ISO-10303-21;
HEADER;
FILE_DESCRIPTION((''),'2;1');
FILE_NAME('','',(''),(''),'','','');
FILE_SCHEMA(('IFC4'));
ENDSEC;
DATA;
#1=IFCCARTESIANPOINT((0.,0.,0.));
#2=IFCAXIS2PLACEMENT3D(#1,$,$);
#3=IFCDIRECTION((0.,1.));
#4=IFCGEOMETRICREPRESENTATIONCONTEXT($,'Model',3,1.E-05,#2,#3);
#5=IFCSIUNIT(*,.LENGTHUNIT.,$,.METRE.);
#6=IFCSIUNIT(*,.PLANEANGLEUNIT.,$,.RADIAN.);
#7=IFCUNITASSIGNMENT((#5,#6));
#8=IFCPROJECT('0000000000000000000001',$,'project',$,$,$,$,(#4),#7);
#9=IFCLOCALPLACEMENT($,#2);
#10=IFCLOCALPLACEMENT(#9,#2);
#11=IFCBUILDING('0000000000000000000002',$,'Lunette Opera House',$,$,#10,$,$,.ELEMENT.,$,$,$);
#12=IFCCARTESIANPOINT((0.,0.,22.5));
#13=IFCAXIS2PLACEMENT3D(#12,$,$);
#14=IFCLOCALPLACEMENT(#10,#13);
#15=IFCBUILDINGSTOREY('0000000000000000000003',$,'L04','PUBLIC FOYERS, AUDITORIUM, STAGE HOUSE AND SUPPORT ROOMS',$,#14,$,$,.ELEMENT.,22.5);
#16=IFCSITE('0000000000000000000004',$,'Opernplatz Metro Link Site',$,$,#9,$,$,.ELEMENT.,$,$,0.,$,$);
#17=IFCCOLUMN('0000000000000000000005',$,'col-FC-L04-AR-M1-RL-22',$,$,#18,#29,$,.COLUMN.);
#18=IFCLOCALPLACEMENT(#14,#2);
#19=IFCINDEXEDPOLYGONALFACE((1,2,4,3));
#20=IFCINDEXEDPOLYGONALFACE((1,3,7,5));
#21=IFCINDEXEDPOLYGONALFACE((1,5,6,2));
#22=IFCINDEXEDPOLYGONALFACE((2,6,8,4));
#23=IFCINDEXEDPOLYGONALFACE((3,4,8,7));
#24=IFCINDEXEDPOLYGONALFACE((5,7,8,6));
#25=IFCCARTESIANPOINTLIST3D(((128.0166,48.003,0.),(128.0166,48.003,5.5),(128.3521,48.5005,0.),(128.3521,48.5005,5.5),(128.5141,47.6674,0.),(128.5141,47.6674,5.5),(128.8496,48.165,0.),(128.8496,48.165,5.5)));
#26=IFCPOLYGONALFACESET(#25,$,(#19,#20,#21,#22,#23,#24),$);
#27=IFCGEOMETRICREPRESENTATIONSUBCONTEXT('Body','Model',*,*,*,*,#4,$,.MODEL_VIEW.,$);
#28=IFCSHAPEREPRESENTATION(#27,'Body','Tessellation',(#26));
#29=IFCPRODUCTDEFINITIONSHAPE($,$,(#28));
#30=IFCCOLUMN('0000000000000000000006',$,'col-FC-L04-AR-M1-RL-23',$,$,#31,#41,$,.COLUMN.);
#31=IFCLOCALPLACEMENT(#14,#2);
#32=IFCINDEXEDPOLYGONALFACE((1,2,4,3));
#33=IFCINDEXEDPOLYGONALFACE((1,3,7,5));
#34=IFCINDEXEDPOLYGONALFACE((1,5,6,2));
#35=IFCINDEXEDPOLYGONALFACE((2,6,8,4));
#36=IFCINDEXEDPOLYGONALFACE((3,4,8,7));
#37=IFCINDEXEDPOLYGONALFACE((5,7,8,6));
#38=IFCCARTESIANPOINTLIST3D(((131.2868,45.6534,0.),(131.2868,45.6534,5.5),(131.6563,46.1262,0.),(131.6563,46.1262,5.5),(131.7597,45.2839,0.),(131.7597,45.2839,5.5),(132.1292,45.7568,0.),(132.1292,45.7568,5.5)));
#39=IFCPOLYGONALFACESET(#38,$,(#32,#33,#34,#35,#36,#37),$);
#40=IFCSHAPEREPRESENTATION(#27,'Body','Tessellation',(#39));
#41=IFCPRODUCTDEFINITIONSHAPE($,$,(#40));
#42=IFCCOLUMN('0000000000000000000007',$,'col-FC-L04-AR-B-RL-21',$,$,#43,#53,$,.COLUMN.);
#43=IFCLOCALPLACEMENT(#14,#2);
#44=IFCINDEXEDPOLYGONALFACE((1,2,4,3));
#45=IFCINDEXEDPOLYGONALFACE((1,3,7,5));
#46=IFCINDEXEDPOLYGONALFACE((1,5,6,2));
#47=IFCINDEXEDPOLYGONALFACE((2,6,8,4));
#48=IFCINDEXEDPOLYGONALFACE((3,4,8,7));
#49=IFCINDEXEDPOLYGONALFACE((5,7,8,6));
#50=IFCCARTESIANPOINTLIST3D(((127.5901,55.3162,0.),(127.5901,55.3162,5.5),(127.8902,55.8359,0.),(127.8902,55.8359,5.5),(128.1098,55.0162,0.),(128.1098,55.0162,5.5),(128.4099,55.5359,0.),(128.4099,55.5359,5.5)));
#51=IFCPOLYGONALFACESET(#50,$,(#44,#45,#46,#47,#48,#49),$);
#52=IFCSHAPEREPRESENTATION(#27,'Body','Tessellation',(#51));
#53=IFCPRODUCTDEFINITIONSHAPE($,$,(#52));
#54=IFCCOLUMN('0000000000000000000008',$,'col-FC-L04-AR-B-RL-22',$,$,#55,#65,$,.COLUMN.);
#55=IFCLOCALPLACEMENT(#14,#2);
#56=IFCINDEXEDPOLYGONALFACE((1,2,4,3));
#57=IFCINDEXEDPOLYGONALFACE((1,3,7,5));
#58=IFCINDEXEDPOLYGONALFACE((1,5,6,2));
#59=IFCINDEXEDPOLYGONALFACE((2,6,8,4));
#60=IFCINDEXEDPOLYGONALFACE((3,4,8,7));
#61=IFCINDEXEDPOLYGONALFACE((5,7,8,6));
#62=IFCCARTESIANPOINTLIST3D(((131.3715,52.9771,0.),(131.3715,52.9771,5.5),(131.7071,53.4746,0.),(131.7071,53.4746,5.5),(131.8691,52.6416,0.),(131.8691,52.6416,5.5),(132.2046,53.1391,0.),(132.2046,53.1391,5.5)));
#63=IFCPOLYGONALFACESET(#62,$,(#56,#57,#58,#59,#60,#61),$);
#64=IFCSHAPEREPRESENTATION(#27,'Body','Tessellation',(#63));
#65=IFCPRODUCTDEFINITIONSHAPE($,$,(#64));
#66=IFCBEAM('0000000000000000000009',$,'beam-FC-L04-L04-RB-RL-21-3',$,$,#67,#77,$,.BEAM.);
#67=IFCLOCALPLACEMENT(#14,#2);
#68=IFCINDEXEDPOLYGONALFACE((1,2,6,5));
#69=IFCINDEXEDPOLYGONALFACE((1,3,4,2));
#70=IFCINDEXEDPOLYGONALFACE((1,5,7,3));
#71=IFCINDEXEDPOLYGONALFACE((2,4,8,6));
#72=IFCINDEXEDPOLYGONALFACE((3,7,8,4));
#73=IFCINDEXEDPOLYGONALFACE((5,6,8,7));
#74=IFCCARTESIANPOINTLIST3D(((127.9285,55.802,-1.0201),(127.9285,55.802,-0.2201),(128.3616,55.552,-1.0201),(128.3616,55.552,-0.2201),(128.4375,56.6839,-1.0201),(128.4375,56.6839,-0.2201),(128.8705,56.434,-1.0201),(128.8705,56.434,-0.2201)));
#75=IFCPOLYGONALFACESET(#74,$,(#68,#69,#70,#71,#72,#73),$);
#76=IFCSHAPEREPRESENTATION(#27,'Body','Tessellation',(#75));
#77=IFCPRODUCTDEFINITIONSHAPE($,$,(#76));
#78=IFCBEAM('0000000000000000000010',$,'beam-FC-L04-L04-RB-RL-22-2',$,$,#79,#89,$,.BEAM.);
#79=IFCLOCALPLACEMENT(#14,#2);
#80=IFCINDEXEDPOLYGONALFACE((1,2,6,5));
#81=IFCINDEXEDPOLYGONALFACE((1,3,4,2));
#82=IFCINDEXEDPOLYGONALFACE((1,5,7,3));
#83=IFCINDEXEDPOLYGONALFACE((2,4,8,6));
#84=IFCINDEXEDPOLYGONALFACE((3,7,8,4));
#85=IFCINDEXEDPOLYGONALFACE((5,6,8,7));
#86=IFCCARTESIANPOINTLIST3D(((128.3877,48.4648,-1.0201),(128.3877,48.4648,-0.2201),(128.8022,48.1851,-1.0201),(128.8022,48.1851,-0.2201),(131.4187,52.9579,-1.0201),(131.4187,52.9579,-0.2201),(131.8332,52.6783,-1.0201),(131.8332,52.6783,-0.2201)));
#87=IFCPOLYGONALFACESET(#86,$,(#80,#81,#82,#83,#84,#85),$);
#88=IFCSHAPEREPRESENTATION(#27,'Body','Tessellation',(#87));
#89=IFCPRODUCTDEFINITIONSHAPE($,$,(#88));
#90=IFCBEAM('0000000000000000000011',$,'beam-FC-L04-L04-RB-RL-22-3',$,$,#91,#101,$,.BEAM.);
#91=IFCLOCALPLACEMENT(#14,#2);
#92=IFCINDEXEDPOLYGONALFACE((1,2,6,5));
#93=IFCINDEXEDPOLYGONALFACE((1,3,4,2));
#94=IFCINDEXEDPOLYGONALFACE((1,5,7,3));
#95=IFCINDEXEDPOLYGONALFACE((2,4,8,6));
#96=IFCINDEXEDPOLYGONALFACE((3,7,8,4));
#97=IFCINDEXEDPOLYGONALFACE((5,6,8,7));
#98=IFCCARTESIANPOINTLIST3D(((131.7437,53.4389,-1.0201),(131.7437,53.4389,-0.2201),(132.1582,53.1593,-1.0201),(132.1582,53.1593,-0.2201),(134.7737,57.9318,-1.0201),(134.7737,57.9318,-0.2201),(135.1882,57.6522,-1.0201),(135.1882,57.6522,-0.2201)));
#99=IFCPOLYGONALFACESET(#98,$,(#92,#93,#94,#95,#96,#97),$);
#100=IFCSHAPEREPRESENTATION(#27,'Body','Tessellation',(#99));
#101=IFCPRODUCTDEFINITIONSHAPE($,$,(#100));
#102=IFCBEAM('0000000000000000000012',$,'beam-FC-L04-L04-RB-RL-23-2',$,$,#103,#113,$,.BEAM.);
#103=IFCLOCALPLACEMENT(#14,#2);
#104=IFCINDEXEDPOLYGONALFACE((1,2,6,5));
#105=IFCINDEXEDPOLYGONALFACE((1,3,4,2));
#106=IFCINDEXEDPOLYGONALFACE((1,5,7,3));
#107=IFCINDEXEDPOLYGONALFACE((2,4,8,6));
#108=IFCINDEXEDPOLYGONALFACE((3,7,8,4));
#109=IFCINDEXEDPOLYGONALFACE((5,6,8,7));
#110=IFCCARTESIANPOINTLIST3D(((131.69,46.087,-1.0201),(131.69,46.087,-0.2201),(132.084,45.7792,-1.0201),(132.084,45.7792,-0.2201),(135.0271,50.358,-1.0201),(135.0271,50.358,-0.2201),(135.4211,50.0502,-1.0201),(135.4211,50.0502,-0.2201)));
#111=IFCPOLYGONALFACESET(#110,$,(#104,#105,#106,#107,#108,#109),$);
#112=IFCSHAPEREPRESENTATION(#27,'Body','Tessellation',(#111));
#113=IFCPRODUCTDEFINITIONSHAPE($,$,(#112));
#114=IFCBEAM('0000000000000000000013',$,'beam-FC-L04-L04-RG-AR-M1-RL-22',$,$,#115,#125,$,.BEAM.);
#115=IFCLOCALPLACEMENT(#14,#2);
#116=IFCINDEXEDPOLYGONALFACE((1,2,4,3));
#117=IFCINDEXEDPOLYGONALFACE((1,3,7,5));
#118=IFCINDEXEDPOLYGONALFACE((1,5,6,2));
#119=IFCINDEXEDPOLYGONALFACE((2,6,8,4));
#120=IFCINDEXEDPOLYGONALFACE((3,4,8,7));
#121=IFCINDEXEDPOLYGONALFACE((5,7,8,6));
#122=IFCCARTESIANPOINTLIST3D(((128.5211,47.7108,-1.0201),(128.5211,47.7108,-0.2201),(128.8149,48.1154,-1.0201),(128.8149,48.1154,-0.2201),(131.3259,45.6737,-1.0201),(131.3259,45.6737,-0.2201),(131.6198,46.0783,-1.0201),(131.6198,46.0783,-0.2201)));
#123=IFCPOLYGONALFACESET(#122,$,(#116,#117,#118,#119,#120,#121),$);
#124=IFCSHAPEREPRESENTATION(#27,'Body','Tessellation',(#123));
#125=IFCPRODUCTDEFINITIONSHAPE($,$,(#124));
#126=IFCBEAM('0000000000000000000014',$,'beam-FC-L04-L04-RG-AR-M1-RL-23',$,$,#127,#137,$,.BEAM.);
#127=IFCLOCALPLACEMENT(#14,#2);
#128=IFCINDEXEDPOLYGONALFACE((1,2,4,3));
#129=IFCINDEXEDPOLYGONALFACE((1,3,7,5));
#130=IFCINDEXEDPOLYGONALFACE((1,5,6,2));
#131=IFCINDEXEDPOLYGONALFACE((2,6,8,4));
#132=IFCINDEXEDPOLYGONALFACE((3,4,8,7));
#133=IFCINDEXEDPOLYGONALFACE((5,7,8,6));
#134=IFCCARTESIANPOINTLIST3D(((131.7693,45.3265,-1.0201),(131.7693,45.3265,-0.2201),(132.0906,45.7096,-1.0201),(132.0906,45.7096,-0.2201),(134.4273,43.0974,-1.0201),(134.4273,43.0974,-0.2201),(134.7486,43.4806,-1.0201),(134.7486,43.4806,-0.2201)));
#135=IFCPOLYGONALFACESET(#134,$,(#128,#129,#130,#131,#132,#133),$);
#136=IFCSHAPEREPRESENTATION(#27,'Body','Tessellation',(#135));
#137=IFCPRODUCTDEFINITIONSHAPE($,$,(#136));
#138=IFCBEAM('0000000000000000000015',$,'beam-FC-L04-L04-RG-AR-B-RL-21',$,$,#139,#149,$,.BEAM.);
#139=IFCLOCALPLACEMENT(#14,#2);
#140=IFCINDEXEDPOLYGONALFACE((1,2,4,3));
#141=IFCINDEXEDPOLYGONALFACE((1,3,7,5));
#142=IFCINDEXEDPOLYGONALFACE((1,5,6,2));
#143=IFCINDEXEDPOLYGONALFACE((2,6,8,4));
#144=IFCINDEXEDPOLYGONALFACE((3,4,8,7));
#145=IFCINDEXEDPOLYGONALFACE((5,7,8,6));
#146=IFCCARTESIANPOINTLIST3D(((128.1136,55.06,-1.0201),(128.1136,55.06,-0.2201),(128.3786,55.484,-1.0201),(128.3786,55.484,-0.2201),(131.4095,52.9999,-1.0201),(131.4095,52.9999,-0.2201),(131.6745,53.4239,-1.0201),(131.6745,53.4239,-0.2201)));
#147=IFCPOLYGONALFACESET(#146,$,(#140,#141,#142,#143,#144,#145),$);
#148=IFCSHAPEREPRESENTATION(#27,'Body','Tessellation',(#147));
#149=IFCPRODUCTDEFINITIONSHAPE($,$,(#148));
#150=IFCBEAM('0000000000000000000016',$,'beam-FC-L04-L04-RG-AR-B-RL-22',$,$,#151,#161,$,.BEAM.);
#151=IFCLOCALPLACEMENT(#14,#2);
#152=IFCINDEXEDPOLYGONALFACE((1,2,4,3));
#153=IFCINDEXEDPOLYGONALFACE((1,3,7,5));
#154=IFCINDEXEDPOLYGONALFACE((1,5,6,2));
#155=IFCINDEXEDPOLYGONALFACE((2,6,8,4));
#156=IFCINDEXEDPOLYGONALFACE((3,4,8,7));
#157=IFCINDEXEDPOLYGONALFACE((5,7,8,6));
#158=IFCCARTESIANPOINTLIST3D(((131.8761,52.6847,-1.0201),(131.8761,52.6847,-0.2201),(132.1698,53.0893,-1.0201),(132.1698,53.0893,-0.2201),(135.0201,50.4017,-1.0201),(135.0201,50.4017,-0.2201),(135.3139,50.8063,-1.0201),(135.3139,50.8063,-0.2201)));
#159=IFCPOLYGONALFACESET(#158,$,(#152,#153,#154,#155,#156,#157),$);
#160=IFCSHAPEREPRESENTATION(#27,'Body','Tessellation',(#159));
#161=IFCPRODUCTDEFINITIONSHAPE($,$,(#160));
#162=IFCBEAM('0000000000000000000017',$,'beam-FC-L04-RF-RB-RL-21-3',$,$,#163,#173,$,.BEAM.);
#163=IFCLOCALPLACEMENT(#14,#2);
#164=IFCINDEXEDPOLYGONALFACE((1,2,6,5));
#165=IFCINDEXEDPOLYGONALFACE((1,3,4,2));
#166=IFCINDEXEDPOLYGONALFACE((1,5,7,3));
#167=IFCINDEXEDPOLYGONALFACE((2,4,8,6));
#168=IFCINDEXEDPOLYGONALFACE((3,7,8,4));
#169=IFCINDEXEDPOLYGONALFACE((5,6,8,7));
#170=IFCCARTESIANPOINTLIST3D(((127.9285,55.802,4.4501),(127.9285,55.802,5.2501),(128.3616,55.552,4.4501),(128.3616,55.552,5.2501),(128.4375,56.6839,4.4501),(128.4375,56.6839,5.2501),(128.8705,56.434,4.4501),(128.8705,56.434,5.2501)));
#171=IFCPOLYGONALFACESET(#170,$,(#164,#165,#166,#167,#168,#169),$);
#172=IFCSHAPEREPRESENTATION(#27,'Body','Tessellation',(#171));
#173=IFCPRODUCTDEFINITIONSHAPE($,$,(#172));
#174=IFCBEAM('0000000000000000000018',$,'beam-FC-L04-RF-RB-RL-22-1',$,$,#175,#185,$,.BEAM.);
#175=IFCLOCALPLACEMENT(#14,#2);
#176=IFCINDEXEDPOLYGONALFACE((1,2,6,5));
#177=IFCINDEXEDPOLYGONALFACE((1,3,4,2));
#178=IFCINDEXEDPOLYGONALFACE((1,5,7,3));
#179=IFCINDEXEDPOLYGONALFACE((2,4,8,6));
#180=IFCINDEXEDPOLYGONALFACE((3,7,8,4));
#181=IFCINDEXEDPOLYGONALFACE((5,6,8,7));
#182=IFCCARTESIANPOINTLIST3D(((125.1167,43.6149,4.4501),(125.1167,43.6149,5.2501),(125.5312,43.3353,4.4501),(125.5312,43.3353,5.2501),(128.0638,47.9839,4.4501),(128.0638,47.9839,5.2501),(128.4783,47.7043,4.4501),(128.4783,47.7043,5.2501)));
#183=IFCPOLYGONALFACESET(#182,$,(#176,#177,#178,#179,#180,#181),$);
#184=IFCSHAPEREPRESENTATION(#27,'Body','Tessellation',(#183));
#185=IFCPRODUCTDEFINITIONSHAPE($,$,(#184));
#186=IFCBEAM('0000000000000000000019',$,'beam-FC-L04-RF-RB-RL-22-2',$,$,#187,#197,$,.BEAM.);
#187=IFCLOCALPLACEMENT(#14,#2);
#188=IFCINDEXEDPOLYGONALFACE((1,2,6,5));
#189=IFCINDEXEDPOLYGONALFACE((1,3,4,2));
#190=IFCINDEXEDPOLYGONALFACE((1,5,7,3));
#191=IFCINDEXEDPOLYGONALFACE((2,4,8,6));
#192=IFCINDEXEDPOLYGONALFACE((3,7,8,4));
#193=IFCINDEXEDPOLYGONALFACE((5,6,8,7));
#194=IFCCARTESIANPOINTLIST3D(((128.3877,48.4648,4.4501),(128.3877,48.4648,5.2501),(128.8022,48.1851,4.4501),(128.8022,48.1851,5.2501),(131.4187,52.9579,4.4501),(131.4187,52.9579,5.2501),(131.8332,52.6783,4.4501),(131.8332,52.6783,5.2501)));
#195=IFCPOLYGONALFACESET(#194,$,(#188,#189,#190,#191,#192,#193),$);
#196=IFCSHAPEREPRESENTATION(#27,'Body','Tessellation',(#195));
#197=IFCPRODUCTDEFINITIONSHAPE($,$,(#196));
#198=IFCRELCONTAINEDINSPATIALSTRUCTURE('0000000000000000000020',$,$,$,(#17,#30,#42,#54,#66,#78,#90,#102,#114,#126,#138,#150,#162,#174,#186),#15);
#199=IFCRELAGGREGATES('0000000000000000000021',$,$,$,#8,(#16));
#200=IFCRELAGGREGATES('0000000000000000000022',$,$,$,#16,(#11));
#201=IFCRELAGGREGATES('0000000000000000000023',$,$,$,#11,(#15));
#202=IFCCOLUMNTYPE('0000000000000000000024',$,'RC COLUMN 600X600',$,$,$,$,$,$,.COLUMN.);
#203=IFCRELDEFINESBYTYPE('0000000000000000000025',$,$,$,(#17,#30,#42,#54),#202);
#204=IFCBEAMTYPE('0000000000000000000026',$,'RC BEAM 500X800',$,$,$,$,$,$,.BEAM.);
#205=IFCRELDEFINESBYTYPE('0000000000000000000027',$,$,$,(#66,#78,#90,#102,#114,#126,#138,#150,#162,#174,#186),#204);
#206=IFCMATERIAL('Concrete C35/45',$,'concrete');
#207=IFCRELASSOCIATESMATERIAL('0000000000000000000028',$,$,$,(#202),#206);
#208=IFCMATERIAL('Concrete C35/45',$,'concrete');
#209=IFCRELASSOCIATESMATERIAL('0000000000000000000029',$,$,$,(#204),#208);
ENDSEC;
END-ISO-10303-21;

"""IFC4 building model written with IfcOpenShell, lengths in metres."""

from ifc_helpers import new_model, si_unit, direction, frame, origin, origin_2d, place, context, subcontext, project, spatial, rectangle, extrude, material, material_profile, profile_set, type_object, element, save


model = new_model("IFC4")

# Units and contexts
model_context = context("Model", 3, precision=1e-05, world=origin(), true_north=direction((0.0, 1.0)))
body_context = subcontext(model_context, "Body", "Model", "MODEL_VIEW")
ifc_project = project(units=[si_unit("LENGTHUNIT", "METRE"), si_unit("PLANEANGLEUNIT", "RADIAN")], contexts=[model_context])

# Site, building, storey
site_placement = place(None, origin())
site = spatial("IfcSite", under=ifc_project, at=site_placement, Name="Opernplatz Metro Link Site", CompositionType="ELEMENT", RefElevation=0.0)
building_placement = place(site_placement, origin())
building = spatial("IfcBuilding", under=site, at=building_placement, Name="Lunette Opera House", CompositionType="ELEMENT")
storey_placement = place(building_placement, frame((0.0, 0.0, 22.5)))
storey = spatial("IfcBuildingStorey", under=building, at=storey_placement, Name="L04", Description="PUBLIC FOYERS, AUDITORIUM, STAGE HOUSE AND SUPPORT ROOMS", CompositionType="ELEMENT", Elevation=22.5)

# Columns
ifc_material_1 = material(Name="Concrete C35/45", Category="concrete")
ifc_material_profile_1 = material_profile(ifc_material_1, rectangle(XDim=0.6001, YDim=0.6001, at=origin_2d()), Name="RC COLUMN 600X600")
ifc_profile_set_1 = profile_set([ifc_material_profile_1], Name="Concrete C35/45")
column_type = type_object("IfcColumnType", Name="RC COLUMN 600X600", PredefinedType="COLUMN", material=ifc_profile_set_1)
for number, where, z_axis, x_axis, name in (
    (1, (128.4331, 48.084, 0.0), (0.0, 0.0, 1.0), (0.829038, -0.559193, 0.0), "col-FC-L04-AR-M1-RL-22"),
    (2, (131.708, 45.7051, 0.0), (0.0, 0.0, 1.0), (0.788011, -0.615661, 0.0), "col-FC-L04-AR-M1-RL-23"),
    (3, (128.0, 55.426, 0.0), (0.0, 0.0, 1.0), (0.866025, -0.5, 0.0), "col-FC-L04-AR-B-RL-21"),
    (4, (131.7881, 53.0581, 0.0), (0.0, 0.0, 1.0), (0.829038, -0.559193, 0.0), "col-FC-L04-AR-B-RL-22"),
):
    element("IfcColumn", number, at=place(storey_placement, frame(where, z_axis=z_axis, x_axis=x_axis)), inside=storey, type_object=column_type, Name=name, PredefinedType="COLUMN", context=body_context, shape_type="SweptSolid", body=[
        extrude(rectangle(XDim=0.6001, YDim=0.6001, at=origin_2d()), origin(), (0.0, 0.0, 1.0), 5.5),
    ])

# Beams
ifc_material_2 = material(Name="Concrete C35/45", Category="concrete")
ifc_material_profile_2 = material_profile(ifc_material_2, rectangle(XDim=0.5, YDim=0.8, at=origin_2d()), Name="RC BEAM 500X800")
ifc_profile_set_2 = profile_set([ifc_material_profile_2], Name="Concrete C35/45")
beam_type = type_object("IfcBeamType", Name="RC BEAM 500X800", PredefinedType="BEAM", material=ifc_profile_set_2)
beam_1_placement = place(storey_placement, frame((128.145, 55.677, -0.6201), z_axis=(0.499826, 0.866126, 0.0), x_axis=(-0.866126, 0.499826, 0.0)))
element("IfcBeam", 5, at=beam_1_placement, inside=storey, type_object=beam_type, Name="beam-FC-L04-L04-RB-RL-21-3", PredefinedType="BEAM", context=body_context, shape_type="SweptSolid", body=[
    extrude(rectangle(XDim=0.5, YDim=0.8, at=origin_2d()), origin(), (0.0, 0.0, 1.0), 1.0183),
])
beam_2_placement = place(storey_placement, frame((128.595, 48.325, -0.6201), z_axis=(0.559235, 0.829009, 0.0), x_axis=(-0.829009, 0.559235, 0.0)))
element("IfcBeam", 6, at=beam_2_placement, inside=storey, type_object=beam_type, Name="beam-FC-L04-L04-RB-RL-22-2", PredefinedType="BEAM", context=body_context, shape_type="SweptSolid", body=[
    extrude(rectangle(XDim=0.5, YDim=0.8, at=origin_2d()), origin(), (0.0, 0.0, 1.0), 5.4199),
])
beam_3_placement = place(storey_placement, frame((131.9509, 53.2991, -0.6201), z_axis=(0.559132, 0.829079, 0.0), x_axis=(-0.829079, 0.559132, 0.0)))
element("IfcBeam", 7, at=beam_3_placement, inside=storey, type_object=beam_type, Name="beam-FC-L04-L04-RB-RL-22-3", PredefinedType="BEAM", context=body_context, shape_type="SweptSolid", body=[
    extrude(rectangle(XDim=0.5, YDim=0.8, at=origin_2d()), origin(), (0.0, 0.0, 1.0), 5.4192),
])
beam_4_placement = place(storey_placement, frame((131.887, 45.9331, -0.6201), z_axis=(0.615695, 0.787985, 0.0), x_axis=(-0.787985, 0.615695, 0.0)))
element("IfcBeam", 8, at=beam_4_placement, inside=storey, type_object=beam_type, Name="beam-FC-L04-L04-RB-RL-23-2", PredefinedType="BEAM", context=body_context, shape_type="SweptSolid", body=[
    extrude(rectangle(XDim=0.5, YDim=0.8, at=origin_2d()), origin(), (0.0, 0.0, 1.0), 5.4202),
])
beam_5_placement = place(storey_placement, frame((128.668, 47.9131, -0.6201), z_axis=(0.809126, -0.587636, 0.0), x_axis=(0.587636, 0.809126, 0.0)))
element("IfcBeam", 9, at=beam_5_placement, inside=storey, type_object=beam_type, Name="beam-FC-L04-L04-RG-AR-M1-RL-22", PredefinedType="BEAM", context=body_context, shape_type="SweptSolid", body=[
    extrude(rectangle(XDim=0.5, YDim=0.8, at=origin_2d()), origin(), (0.0, 0.0, 1.0), 3.4666),
])
beam_6_placement = place(storey_placement, frame((131.9299, 45.5181, -0.6201), z_axis=(0.766227, -0.64257, 0.0), x_axis=(0.64257, 0.766227, 0.0)))
element("IfcBeam", 10, at=beam_6_placement, inside=storey, type_object=beam_type, Name="beam-FC-L04-L04-RG-AR-M1-RL-23", PredefinedType="BEAM", context=body_context, shape_type="SweptSolid", body=[
    extrude(rectangle(XDim=0.5, YDim=0.8, at=origin_2d()), origin(), (0.0, 0.0, 1.0), 3.469),
])
beam_7_placement = place(storey_placement, frame((128.2461, 55.272, -0.6201), z_axis=(0.847984, -0.530022, 0.0), x_axis=(0.530022, 0.847984, 0.0)))
element("IfcBeam", 11, at=beam_7_placement, inside=storey, type_object=beam_type, Name="beam-FC-L04-L04-RG-AR-B-RL-21", PredefinedType="BEAM", context=body_context, shape_type="SweptSolid", body=[
    extrude(rectangle(XDim=0.5, YDim=0.8, at=origin_2d()), origin(), (0.0, 0.0, 1.0), 3.8867),
])
beam_8_placement = place(storey_placement, frame((132.0229, 52.887, -0.6201), z_axis=(0.809179, -0.587563, 0.0), x_axis=(0.587563, 0.809179, 0.0)))
element("IfcBeam", 12, at=beam_8_placement, inside=storey, type_object=beam_type, Name="beam-FC-L04-L04-RG-AR-B-RL-22", PredefinedType="BEAM", context=body_context, shape_type="SweptSolid", body=[
    extrude(rectangle(XDim=0.5, YDim=0.8, at=origin_2d()), origin(), (0.0, 0.0, 1.0), 3.8855),
])
beam_9_placement = place(storey_placement, frame((128.145, 55.677, 4.8501), z_axis=(0.499826, 0.866126, 0.0), x_axis=(-0.866126, 0.499826, 0.0)))
element("IfcBeam", 13, at=beam_9_placement, inside=storey, type_object=beam_type, Name="beam-FC-L04-RF-RB-RL-21-3", PredefinedType="BEAM", context=body_context, shape_type="SweptSolid", body=[
    extrude(rectangle(XDim=0.5, YDim=0.8, at=origin_2d()), origin(), (0.0, 0.0, 1.0), 1.0183),
])
beam_10_placement = place(storey_placement, frame((125.324, 43.4751, 4.8501), z_axis=(0.559214, 0.829023, 0.0), x_axis=(-0.829023, 0.559214, 0.0)))
element("IfcBeam", 14, at=beam_10_placement, inside=storey, type_object=beam_type, Name="beam-FC-L04-RF-RB-RL-22-1", PredefinedType="BEAM", context=body_context, shape_type="SweptSolid", body=[
    extrude(rectangle(XDim=0.5, YDim=0.8, at=origin_2d()), origin(), (0.0, 0.0, 1.0), 5.27),
])
beam_11_placement = place(storey_placement, frame((128.595, 48.325, 4.8501), z_axis=(0.559235, 0.829009, 0.0), x_axis=(-0.829009, 0.559235, 0.0)))
element("IfcBeam", 15, at=beam_11_placement, inside=storey, type_object=beam_type, Name="beam-FC-L04-RF-RB-RL-22-2", PredefinedType="BEAM", context=body_context, shape_type="SweptSolid", body=[
    extrude(rectangle(XDim=0.5, YDim=0.8, at=origin_2d()), origin(), (0.0, 0.0, 1.0), 5.4199),
])

save(model, "model.ifc")
